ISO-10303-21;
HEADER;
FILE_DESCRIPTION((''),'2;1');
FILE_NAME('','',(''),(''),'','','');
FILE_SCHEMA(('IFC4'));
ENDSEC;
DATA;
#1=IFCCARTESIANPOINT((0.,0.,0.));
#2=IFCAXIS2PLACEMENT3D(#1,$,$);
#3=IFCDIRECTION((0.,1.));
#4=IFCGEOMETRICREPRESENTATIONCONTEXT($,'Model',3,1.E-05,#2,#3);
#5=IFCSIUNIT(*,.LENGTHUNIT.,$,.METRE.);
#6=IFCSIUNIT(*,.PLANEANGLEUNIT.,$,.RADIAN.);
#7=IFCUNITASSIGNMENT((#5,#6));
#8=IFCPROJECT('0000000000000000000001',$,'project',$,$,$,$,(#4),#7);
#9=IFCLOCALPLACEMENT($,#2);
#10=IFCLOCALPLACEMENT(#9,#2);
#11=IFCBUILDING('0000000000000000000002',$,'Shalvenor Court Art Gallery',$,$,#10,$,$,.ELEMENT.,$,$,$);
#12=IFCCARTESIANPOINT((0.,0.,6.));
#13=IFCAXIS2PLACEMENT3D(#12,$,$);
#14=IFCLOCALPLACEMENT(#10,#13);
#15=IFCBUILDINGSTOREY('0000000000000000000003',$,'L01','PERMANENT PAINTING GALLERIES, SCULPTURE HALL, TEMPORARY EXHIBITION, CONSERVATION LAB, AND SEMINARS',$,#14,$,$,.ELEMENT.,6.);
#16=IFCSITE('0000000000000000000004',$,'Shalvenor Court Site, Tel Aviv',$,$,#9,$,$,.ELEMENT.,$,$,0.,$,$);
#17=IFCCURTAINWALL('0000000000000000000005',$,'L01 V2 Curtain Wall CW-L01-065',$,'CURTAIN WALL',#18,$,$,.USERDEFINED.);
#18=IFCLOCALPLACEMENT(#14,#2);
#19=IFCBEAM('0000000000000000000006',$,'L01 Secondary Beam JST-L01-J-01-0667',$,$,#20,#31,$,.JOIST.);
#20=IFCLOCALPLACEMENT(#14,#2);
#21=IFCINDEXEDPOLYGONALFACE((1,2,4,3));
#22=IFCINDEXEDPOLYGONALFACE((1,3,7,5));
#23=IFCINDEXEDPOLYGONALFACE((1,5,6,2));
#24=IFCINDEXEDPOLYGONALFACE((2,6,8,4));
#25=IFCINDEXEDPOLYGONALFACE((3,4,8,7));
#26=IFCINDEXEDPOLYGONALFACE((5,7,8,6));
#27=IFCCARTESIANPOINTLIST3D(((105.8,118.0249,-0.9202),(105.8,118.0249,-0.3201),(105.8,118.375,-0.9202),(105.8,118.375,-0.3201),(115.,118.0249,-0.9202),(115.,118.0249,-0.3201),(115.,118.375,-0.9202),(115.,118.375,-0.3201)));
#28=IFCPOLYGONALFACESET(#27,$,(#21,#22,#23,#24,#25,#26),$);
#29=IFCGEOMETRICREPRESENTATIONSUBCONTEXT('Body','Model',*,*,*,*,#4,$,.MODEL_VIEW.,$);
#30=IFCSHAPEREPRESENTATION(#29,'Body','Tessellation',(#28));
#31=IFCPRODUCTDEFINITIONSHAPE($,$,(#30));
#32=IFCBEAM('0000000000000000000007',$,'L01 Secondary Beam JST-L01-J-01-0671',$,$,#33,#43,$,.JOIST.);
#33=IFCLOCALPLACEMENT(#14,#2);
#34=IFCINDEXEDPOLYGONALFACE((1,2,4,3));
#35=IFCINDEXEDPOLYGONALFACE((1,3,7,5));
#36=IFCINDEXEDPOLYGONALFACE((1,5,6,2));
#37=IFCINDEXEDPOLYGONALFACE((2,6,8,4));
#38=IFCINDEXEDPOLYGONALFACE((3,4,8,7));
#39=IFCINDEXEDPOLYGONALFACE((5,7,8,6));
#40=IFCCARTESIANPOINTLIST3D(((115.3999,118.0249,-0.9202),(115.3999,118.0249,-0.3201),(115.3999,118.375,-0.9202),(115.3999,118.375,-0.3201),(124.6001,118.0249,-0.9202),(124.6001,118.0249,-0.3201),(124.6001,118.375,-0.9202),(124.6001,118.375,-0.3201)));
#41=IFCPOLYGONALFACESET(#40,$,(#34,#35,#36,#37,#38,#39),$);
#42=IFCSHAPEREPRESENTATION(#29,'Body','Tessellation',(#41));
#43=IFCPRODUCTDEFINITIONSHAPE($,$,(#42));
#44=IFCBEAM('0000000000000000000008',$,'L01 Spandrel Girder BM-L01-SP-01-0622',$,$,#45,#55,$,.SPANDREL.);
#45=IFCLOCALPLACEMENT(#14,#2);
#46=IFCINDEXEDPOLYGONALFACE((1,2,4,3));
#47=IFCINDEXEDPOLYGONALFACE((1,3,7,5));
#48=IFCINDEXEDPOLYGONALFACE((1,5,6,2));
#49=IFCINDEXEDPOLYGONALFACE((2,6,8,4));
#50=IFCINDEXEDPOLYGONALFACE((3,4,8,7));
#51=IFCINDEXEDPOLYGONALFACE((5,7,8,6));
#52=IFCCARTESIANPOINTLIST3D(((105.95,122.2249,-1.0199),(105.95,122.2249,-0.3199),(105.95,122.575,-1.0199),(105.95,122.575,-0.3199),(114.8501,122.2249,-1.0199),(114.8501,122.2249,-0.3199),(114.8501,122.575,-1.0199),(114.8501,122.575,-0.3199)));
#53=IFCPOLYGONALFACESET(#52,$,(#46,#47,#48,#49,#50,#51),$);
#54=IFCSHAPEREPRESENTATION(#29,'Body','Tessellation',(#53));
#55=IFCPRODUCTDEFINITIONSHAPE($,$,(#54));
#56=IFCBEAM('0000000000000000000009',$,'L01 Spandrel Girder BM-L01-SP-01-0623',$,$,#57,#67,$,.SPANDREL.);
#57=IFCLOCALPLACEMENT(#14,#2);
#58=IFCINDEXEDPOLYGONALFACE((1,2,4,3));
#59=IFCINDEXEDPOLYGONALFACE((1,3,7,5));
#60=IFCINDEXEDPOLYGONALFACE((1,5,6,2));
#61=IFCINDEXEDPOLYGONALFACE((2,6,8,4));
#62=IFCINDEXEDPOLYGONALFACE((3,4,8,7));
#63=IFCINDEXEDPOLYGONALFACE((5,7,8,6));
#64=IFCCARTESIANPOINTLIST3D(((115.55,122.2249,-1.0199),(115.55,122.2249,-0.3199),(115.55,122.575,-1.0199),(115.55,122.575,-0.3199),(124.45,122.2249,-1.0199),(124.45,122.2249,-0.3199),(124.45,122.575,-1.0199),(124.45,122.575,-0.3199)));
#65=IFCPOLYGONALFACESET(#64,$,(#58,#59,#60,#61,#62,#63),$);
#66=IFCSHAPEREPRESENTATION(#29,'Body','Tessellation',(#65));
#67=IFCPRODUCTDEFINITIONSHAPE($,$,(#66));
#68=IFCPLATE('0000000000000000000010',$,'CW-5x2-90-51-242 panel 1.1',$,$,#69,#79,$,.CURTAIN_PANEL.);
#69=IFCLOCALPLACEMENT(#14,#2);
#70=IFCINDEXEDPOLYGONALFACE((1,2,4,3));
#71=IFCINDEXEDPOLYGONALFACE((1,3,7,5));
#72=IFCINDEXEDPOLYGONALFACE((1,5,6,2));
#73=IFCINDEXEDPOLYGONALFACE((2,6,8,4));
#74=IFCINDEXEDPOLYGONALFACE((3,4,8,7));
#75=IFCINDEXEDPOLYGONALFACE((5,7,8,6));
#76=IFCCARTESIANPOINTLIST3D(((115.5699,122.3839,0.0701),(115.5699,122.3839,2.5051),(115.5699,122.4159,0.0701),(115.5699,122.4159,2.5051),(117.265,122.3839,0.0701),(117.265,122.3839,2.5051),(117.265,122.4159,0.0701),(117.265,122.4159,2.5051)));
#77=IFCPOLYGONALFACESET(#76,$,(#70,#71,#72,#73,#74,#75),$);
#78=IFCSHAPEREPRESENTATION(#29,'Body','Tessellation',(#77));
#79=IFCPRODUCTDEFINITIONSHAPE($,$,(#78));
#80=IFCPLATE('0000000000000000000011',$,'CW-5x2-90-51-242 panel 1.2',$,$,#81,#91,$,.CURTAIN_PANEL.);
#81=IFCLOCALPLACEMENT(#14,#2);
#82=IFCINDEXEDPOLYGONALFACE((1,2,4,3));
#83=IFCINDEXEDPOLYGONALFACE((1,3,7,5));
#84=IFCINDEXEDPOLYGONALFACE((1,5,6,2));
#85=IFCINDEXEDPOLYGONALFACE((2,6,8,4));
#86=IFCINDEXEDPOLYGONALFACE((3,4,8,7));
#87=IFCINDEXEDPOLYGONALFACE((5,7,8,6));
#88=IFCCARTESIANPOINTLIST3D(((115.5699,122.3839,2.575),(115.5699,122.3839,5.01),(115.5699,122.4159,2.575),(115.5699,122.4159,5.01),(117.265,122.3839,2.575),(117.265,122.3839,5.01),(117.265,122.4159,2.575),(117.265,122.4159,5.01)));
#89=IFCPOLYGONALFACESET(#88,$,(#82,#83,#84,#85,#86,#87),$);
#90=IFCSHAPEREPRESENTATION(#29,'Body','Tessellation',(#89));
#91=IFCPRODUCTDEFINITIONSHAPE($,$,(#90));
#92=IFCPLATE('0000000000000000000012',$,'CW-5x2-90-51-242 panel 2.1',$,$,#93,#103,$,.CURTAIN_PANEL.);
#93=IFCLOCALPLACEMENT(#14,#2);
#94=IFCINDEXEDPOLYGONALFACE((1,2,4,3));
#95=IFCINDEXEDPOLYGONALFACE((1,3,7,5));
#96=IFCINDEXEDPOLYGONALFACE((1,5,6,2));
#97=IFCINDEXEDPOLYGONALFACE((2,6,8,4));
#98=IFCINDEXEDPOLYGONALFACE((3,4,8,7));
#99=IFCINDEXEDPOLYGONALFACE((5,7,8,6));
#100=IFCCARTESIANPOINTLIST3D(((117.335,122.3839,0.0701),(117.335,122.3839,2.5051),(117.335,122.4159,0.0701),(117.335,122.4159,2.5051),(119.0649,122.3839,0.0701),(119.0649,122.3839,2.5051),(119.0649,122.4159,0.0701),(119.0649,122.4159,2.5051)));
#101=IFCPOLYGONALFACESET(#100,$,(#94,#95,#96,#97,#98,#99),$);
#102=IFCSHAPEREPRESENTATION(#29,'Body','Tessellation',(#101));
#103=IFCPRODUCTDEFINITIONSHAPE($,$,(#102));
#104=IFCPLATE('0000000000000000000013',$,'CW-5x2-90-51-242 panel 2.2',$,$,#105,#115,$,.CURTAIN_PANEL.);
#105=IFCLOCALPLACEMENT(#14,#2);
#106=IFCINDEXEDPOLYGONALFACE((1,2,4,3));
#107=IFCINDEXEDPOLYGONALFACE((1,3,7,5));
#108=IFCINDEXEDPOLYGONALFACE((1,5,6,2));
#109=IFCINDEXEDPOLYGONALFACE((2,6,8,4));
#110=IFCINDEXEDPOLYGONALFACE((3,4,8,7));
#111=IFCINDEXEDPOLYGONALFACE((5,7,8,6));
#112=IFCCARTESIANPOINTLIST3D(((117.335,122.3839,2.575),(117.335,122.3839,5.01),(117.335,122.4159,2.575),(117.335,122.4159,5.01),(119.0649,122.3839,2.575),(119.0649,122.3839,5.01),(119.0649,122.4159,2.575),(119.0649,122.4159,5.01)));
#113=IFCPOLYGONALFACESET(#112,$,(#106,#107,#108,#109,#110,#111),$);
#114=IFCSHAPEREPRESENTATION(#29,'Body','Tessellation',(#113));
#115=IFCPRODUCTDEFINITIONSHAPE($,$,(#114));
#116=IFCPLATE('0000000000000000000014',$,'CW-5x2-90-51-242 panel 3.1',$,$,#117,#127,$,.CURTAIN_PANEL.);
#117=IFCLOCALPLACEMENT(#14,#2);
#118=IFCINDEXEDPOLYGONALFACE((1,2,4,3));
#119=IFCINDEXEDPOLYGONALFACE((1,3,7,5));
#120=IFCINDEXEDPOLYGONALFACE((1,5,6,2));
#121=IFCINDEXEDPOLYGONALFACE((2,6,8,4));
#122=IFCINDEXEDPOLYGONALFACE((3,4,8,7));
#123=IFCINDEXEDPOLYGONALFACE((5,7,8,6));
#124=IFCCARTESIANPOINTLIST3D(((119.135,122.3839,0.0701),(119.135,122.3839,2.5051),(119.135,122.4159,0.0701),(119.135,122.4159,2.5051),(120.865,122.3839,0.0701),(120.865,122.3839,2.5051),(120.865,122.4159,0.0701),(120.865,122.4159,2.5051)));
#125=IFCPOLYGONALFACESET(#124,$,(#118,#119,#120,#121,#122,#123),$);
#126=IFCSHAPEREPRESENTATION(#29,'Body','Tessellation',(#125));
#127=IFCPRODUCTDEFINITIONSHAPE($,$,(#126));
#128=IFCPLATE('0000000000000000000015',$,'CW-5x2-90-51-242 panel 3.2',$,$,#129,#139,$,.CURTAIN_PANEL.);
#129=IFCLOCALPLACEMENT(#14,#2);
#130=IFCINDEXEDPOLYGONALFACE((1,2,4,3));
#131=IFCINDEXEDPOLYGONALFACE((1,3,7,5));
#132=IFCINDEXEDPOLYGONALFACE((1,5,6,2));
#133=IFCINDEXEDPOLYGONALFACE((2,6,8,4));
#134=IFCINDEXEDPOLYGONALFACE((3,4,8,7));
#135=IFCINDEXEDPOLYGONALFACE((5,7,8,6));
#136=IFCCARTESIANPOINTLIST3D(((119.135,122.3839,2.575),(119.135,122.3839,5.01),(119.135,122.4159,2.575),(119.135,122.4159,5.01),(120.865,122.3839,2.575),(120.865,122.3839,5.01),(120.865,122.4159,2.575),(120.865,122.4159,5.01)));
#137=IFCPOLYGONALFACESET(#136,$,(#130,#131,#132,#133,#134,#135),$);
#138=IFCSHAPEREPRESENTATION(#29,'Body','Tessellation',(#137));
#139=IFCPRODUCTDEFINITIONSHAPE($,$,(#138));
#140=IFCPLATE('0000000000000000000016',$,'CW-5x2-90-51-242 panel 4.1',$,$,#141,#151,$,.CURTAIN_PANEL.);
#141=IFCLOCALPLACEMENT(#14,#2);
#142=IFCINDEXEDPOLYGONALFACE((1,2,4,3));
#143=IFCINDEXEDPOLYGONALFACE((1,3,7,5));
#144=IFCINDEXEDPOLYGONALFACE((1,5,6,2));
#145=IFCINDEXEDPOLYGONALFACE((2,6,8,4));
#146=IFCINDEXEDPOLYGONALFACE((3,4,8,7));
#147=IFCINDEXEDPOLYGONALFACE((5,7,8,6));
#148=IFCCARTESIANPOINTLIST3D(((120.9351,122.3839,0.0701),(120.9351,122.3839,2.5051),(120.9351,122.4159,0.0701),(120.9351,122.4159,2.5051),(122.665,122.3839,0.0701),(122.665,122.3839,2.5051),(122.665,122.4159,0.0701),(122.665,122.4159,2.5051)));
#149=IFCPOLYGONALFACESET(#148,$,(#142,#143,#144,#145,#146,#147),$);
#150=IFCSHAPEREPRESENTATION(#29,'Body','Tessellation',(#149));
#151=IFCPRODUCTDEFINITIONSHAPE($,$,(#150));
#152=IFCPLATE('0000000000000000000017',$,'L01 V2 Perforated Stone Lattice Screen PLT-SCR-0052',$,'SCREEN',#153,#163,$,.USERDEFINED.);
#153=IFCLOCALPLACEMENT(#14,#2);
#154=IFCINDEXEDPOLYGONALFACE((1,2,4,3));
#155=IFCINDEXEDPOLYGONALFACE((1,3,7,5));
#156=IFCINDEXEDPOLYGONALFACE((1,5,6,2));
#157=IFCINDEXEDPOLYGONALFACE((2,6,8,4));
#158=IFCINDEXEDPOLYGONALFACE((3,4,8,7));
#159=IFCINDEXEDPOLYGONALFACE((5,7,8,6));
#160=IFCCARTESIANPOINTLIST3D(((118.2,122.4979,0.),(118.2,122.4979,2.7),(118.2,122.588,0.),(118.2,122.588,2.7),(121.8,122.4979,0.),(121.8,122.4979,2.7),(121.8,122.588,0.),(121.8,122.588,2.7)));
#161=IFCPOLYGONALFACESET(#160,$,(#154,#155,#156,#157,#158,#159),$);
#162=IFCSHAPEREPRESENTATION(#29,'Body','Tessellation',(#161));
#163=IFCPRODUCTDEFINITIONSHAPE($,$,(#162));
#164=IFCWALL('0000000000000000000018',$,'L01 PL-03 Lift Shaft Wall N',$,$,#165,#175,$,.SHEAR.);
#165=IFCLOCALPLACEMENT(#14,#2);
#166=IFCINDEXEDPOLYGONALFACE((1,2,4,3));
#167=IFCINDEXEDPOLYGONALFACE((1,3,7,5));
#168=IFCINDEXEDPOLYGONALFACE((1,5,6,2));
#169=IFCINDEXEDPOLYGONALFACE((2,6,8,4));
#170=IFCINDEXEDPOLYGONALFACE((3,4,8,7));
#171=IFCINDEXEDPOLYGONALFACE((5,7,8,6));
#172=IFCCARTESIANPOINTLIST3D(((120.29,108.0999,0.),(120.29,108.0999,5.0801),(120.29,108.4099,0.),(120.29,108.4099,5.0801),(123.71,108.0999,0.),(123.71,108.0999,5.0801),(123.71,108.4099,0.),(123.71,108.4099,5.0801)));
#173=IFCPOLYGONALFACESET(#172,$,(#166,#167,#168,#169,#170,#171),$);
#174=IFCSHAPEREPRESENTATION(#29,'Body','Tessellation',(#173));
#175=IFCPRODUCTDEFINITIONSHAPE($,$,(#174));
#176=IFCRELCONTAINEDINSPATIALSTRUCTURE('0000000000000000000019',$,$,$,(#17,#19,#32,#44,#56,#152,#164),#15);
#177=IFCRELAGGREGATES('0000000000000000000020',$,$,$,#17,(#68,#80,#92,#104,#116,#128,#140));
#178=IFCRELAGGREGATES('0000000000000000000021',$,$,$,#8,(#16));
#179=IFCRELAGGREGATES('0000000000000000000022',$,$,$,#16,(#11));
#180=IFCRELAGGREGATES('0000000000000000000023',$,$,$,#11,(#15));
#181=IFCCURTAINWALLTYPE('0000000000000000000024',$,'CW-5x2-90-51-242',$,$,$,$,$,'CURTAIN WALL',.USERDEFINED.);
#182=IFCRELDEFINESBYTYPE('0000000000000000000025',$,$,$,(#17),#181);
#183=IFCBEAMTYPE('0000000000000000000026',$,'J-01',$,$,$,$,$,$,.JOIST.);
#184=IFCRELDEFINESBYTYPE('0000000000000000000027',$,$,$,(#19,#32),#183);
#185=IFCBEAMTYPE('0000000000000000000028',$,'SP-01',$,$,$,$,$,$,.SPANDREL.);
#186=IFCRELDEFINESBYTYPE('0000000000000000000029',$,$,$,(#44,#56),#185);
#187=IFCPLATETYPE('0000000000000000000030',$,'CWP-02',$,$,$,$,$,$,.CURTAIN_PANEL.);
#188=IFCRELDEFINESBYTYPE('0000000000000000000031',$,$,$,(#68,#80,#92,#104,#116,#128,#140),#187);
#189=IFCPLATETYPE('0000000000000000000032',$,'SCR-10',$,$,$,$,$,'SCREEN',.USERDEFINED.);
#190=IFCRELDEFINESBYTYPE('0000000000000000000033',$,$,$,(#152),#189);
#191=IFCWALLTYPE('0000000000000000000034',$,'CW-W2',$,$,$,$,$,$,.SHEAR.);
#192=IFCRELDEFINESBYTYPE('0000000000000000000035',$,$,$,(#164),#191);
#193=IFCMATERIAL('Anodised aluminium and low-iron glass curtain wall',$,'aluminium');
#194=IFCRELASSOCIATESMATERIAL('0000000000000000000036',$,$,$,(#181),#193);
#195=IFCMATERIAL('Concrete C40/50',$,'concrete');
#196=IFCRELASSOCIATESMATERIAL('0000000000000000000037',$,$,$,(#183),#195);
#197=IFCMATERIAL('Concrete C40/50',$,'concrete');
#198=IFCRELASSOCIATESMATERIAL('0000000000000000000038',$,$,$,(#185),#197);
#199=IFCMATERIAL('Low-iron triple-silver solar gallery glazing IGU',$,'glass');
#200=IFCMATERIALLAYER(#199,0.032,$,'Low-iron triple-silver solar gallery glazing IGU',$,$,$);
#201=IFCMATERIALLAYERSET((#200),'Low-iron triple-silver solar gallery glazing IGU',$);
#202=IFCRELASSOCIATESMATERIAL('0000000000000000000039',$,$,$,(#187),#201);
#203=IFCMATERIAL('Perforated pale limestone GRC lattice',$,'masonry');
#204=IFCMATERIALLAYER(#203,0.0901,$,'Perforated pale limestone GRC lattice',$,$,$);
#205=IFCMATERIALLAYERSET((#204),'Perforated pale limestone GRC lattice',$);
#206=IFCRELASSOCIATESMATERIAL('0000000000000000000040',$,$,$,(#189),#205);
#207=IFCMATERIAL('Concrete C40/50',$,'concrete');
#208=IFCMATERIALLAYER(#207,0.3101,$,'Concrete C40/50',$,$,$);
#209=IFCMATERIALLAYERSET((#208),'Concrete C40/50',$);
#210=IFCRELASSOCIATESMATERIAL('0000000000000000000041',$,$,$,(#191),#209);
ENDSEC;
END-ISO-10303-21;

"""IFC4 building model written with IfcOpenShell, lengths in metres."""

from ifc_helpers import new_model, si_unit, direction, frame, frame_2d, origin, origin_2d, place, context, subcontext, project, spatial, rectangle, extrude, material, layer, layer_set, material_profile, profile_set, type_object, element, aggregate, save


model = new_model("IFC4")

# Units and contexts
model_context = context("Model", 3, precision=1e-05, world=origin(), true_north=direction((0.0, 1.0)))
body_context = subcontext(model_context, "Body", "Model", "MODEL_VIEW")
ifc_project = project(units=[si_unit("LENGTHUNIT", "METRE"), si_unit("PLANEANGLEUNIT", "RADIAN")], contexts=[model_context])

# Site, building, storey
site_placement = place(None, origin())
site = spatial("IfcSite", under=ifc_project, at=site_placement, Name="Shalvenor Court Site, Tel Aviv", CompositionType="ELEMENT", RefElevation=0.0)
building_placement = place(site_placement, origin())
building = spatial("IfcBuilding", under=site, at=building_placement, Name="Shalvenor Court Art Gallery", CompositionType="ELEMENT")
storey_placement = place(building_placement, frame((0.0, 0.0, 6.0)))
storey = spatial("IfcBuildingStorey", under=building, at=storey_placement, Name="L01", Description="PERMANENT PAINTING GALLERIES, SCULPTURE HALL, TEMPORARY EXHIBITION, CONSERVATION LAB, AND SEMINARS", CompositionType="ELEMENT", Elevation=6.0)

# Curtain wall
ifc_material_1 = material(Name="Anodised aluminium and low-iron glass curtain wall", Category="aluminium")
curtain_wall_type = type_object("IfcCurtainWallType", Name="CW-5x2-90-51-242", ElementType="CURTAIN WALL", PredefinedType="USERDEFINED", material=ifc_material_1)
curtain_wall_placement = place(storey_placement, origin())
curtain_wall = element("IfcCurtainWall", 1, at=curtain_wall_placement, inside=storey, type_object=curtain_wall_type, Name="L01 V2 Curtain Wall CW-L01-065", ObjectType="CURTAIN WALL", PredefinedType="USERDEFINED")

# Beams
ifc_material_2 = material(Name="Concrete C40/50", Category="concrete")
ifc_material_profile_1 = material_profile(ifc_material_2, rectangle(XDim=0.3501, YDim=0.6001, at=origin_2d()), Name="RC 350x600")
ifc_profile_set_1 = profile_set([ifc_material_profile_1], Name="Concrete C40/50")
beam_type_1 = type_object("IfcBeamType", Name="J-01", PredefinedType="JOIST", material=ifc_profile_set_1)
beam_1_placement = place(storey_placement, frame((105.8, 118.2, -0.6201), z_axis=(1.0, 0.0, 0.0), x_axis=(0.0, 1.0, 0.0)))
element("IfcBeam", 2, at=beam_1_placement, inside=storey, type_object=beam_type_1, Name="L01 Secondary Beam JST-L01-J-01-0667", PredefinedType="JOIST", context=body_context, shape_type="SweptSolid", body=[
    extrude(rectangle(XDim=0.3501, YDim=0.6001, at=origin_2d()), origin(), (0.0, 0.0, 1.0), 9.2),
])
beam_2_placement = place(storey_placement, frame((115.3999, 118.2, -0.6201), z_axis=(1.0, 0.0, 0.0), x_axis=(0.0, 1.0, 0.0)))
element("IfcBeam", 3, at=beam_2_placement, inside=storey, type_object=beam_type_1, Name="L01 Secondary Beam JST-L01-J-01-0671", PredefinedType="JOIST", context=body_context, shape_type="SweptSolid", body=[
    extrude(rectangle(XDim=0.3501, YDim=0.6001, at=origin_2d()), origin(), (0.0, 0.0, 1.0), 9.2002),
])
ifc_material_3 = material(Name="Concrete C40/50", Category="concrete")
ifc_material_profile_2 = material_profile(ifc_material_3, rectangle(XDim=0.3501, YDim=0.7, at=origin_2d()), Name="RC 350x700")
ifc_profile_set_2 = profile_set([ifc_material_profile_2], Name="Concrete C40/50")
beam_type_2 = type_object("IfcBeamType", Name="SP-01", PredefinedType="SPANDREL", material=ifc_profile_set_2)
beam_3_placement = place(storey_placement, frame((105.95, 122.3999, -0.6699), z_axis=(1.0, 0.0, 0.0), x_axis=(0.0, 1.0, 0.0)))
element("IfcBeam", 4, at=beam_3_placement, inside=storey, type_object=beam_type_2, Name="L01 Spandrel Girder BM-L01-SP-01-0622", PredefinedType="SPANDREL", context=body_context, shape_type="SweptSolid", body=[
    extrude(rectangle(XDim=0.3501, YDim=0.7, at=origin_2d()), origin(), (0.0, 0.0, 1.0), 8.9001),
])
beam_4_placement = place(storey_placement, frame((115.55, 122.3999, -0.6699), z_axis=(1.0, 0.0, 0.0), x_axis=(0.0, 1.0, 0.0)))
element("IfcBeam", 5, at=beam_4_placement, inside=storey, type_object=beam_type_2, Name="L01 Spandrel Girder BM-L01-SP-01-0623", PredefinedType="SPANDREL", context=body_context, shape_type="SweptSolid", body=[
    extrude(rectangle(XDim=0.3501, YDim=0.7, at=origin_2d()), origin(), (0.0, 0.0, 1.0), 8.8999),
])

# Plates
ifc_material_4 = material(Name="Low-iron triple-silver solar gallery glazing IGU", Category="glass")
ifc_layer_1 = layer(ifc_material_4, 0.032, Name="Low-iron triple-silver solar gallery glazing IGU")
ifc_layer_set_1 = layer_set([ifc_layer_1], Name="Low-iron triple-silver solar gallery glazing IGU")
plate_type_1 = type_object("IfcPlateType", Name="CWP-02", PredefinedType="CURTAIN_PANEL", material=ifc_layer_set_1)
plate_1_placement = place(storey_placement, frame((116.4175, 122.3999, 0.0701), z_axis=(0.0, 0.0, 1.0), x_axis=(1.0, 0.0, 0.0)))
plate_1 = element("IfcPlate", 6, at=plate_1_placement, type_object=plate_type_1, Name="CW-5x2-90-51-242 panel 1.1", PredefinedType="CURTAIN_PANEL", context=body_context, shape_type="SweptSolid", body=[
    extrude(rectangle(XDim=1.6951, YDim=0.032, at=origin_2d()), origin(), (0.0, 0.0, 1.0), 2.4351),
])
plate_2_placement = place(storey_placement, frame((116.4175, 122.3999, 2.575), z_axis=(0.0, 0.0, 1.0), x_axis=(1.0, 0.0, 0.0)))
plate_2 = element("IfcPlate", 7, at=plate_2_placement, type_object=plate_type_1, Name="CW-5x2-90-51-242 panel 1.2", PredefinedType="CURTAIN_PANEL", context=body_context, shape_type="SweptSolid", body=[
    extrude(rectangle(XDim=1.6951, YDim=0.032, at=origin_2d()), origin(), (0.0, 0.0, 1.0), 2.4351),
])
plate_3_placement = place(storey_placement, frame((118.2, 122.3999, 0.0701), z_axis=(0.0, 0.0, 1.0), x_axis=(1.0, 0.0, 0.0)))
plate_3 = element("IfcPlate", 8, at=plate_3_placement, type_object=plate_type_1, Name="CW-5x2-90-51-242 panel 2.1", PredefinedType="CURTAIN_PANEL", context=body_context, shape_type="SweptSolid", body=[
    extrude(rectangle(XDim=1.73, YDim=0.032, at=origin_2d()), origin(), (0.0, 0.0, 1.0), 2.4351),
])
plate_4_placement = place(storey_placement, frame((118.2, 122.3999, 2.575), z_axis=(0.0, 0.0, 1.0), x_axis=(1.0, 0.0, 0.0)))
plate_4 = element("IfcPlate", 9, at=plate_4_placement, type_object=plate_type_1, Name="CW-5x2-90-51-242 panel 2.2", PredefinedType="CURTAIN_PANEL", context=body_context, shape_type="SweptSolid", body=[
    extrude(rectangle(XDim=1.73, YDim=0.032, at=origin_2d()), origin(), (0.0, 0.0, 1.0), 2.4351),
])
plate_5_placement = place(storey_placement, frame((120.0, 122.3999, 0.0701), z_axis=(0.0, 0.0, 1.0), x_axis=(1.0, 0.0, 0.0)))
plate_5 = element("IfcPlate", 10, at=plate_5_placement, type_object=plate_type_1, Name="CW-5x2-90-51-242 panel 3.1", PredefinedType="CURTAIN_PANEL", context=body_context, shape_type="SweptSolid", body=[
    extrude(rectangle(XDim=1.73, YDim=0.032, at=origin_2d()), origin(), (0.0, 0.0, 1.0), 2.4351),
])
plate_6_placement = place(storey_placement, frame((120.0, 122.3999, 2.575), z_axis=(0.0, 0.0, 1.0), x_axis=(1.0, 0.0, 0.0)))
plate_6 = element("IfcPlate", 11, at=plate_6_placement, type_object=plate_type_1, Name="CW-5x2-90-51-242 panel 3.2", PredefinedType="CURTAIN_PANEL", context=body_context, shape_type="SweptSolid", body=[
    extrude(rectangle(XDim=1.73, YDim=0.032, at=origin_2d()), origin(), (0.0, 0.0, 1.0), 2.4351),
])
plate_7_placement = place(storey_placement, frame((121.8, 122.3999, 0.0701), z_axis=(0.0, 0.0, 1.0), x_axis=(1.0, 0.0, 0.0)))
plate_7 = element("IfcPlate", 12, at=plate_7_placement, type_object=plate_type_1, Name="CW-5x2-90-51-242 panel 4.1", PredefinedType="CURTAIN_PANEL", context=body_context, shape_type="SweptSolid", body=[
    extrude(rectangle(XDim=1.73, YDim=0.032, at=origin_2d()), origin(), (0.0, 0.0, 1.0), 2.4351),
])
aggregate(curtain_wall, [plate_1, plate_2, plate_3, plate_4, plate_5, plate_6, plate_7])
ifc_material_5 = material(Name="Perforated pale limestone GRC lattice", Category="masonry")
ifc_layer_2 = layer(ifc_material_5, 0.0901, Name="Perforated pale limestone GRC lattice")
ifc_layer_set_2 = layer_set([ifc_layer_2], Name="Perforated pale limestone GRC lattice")
plate_type_2 = type_object("IfcPlateType", Name="SCR-10", ElementType="SCREEN", PredefinedType="USERDEFINED", material=ifc_layer_set_2)
plate_8_placement = place(storey_placement, frame((120.0, 122.543, 0.0), z_axis=(0.0, 0.0, 1.0), x_axis=(1.0, 0.0, 0.0)))
element("IfcPlate", 13, at=plate_8_placement, inside=storey, type_object=plate_type_2, Name="L01 V2 Perforated Stone Lattice Screen PLT-SCR-0052", ObjectType="SCREEN", PredefinedType="USERDEFINED", context=body_context, shape_type="SweptSolid", body=[
    extrude(rectangle(XDim=3.6001, YDim=0.0901, at=origin_2d()), origin(), (0.0, 0.0, 1.0), 2.7),
])

# Wall
ifc_material_6 = material(Name="Concrete C40/50", Category="concrete")
ifc_layer_3 = layer(ifc_material_6, 0.3101, Name="Concrete C40/50")
ifc_layer_set_3 = layer_set([ifc_layer_3], Name="Concrete C40/50")
wall_type_1 = type_object("IfcWallType", Name="CW-W2", PredefinedType="SHEAR", material=ifc_layer_set_3)
wall_1_placement = place(storey_placement, frame((120.29, 108.2549, 0.0), z_axis=(0.0, 0.0, 1.0), x_axis=(1.0, 0.0, 0.0)))
element("IfcWall", 14, at=wall_1_placement, inside=storey, type_object=wall_type_1, Name="L01 PL-03 Lift Shaft Wall N", PredefinedType="SHEAR", context=body_context, shape_type="SweptSolid", body=[
    extrude(rectangle(XDim=3.4199, YDim=0.3101, at=frame_2d((1.71, 0.0))), origin(), (0.0, 0.0, 1.0), 5.0801),
])

save(model, "model.ifc")
